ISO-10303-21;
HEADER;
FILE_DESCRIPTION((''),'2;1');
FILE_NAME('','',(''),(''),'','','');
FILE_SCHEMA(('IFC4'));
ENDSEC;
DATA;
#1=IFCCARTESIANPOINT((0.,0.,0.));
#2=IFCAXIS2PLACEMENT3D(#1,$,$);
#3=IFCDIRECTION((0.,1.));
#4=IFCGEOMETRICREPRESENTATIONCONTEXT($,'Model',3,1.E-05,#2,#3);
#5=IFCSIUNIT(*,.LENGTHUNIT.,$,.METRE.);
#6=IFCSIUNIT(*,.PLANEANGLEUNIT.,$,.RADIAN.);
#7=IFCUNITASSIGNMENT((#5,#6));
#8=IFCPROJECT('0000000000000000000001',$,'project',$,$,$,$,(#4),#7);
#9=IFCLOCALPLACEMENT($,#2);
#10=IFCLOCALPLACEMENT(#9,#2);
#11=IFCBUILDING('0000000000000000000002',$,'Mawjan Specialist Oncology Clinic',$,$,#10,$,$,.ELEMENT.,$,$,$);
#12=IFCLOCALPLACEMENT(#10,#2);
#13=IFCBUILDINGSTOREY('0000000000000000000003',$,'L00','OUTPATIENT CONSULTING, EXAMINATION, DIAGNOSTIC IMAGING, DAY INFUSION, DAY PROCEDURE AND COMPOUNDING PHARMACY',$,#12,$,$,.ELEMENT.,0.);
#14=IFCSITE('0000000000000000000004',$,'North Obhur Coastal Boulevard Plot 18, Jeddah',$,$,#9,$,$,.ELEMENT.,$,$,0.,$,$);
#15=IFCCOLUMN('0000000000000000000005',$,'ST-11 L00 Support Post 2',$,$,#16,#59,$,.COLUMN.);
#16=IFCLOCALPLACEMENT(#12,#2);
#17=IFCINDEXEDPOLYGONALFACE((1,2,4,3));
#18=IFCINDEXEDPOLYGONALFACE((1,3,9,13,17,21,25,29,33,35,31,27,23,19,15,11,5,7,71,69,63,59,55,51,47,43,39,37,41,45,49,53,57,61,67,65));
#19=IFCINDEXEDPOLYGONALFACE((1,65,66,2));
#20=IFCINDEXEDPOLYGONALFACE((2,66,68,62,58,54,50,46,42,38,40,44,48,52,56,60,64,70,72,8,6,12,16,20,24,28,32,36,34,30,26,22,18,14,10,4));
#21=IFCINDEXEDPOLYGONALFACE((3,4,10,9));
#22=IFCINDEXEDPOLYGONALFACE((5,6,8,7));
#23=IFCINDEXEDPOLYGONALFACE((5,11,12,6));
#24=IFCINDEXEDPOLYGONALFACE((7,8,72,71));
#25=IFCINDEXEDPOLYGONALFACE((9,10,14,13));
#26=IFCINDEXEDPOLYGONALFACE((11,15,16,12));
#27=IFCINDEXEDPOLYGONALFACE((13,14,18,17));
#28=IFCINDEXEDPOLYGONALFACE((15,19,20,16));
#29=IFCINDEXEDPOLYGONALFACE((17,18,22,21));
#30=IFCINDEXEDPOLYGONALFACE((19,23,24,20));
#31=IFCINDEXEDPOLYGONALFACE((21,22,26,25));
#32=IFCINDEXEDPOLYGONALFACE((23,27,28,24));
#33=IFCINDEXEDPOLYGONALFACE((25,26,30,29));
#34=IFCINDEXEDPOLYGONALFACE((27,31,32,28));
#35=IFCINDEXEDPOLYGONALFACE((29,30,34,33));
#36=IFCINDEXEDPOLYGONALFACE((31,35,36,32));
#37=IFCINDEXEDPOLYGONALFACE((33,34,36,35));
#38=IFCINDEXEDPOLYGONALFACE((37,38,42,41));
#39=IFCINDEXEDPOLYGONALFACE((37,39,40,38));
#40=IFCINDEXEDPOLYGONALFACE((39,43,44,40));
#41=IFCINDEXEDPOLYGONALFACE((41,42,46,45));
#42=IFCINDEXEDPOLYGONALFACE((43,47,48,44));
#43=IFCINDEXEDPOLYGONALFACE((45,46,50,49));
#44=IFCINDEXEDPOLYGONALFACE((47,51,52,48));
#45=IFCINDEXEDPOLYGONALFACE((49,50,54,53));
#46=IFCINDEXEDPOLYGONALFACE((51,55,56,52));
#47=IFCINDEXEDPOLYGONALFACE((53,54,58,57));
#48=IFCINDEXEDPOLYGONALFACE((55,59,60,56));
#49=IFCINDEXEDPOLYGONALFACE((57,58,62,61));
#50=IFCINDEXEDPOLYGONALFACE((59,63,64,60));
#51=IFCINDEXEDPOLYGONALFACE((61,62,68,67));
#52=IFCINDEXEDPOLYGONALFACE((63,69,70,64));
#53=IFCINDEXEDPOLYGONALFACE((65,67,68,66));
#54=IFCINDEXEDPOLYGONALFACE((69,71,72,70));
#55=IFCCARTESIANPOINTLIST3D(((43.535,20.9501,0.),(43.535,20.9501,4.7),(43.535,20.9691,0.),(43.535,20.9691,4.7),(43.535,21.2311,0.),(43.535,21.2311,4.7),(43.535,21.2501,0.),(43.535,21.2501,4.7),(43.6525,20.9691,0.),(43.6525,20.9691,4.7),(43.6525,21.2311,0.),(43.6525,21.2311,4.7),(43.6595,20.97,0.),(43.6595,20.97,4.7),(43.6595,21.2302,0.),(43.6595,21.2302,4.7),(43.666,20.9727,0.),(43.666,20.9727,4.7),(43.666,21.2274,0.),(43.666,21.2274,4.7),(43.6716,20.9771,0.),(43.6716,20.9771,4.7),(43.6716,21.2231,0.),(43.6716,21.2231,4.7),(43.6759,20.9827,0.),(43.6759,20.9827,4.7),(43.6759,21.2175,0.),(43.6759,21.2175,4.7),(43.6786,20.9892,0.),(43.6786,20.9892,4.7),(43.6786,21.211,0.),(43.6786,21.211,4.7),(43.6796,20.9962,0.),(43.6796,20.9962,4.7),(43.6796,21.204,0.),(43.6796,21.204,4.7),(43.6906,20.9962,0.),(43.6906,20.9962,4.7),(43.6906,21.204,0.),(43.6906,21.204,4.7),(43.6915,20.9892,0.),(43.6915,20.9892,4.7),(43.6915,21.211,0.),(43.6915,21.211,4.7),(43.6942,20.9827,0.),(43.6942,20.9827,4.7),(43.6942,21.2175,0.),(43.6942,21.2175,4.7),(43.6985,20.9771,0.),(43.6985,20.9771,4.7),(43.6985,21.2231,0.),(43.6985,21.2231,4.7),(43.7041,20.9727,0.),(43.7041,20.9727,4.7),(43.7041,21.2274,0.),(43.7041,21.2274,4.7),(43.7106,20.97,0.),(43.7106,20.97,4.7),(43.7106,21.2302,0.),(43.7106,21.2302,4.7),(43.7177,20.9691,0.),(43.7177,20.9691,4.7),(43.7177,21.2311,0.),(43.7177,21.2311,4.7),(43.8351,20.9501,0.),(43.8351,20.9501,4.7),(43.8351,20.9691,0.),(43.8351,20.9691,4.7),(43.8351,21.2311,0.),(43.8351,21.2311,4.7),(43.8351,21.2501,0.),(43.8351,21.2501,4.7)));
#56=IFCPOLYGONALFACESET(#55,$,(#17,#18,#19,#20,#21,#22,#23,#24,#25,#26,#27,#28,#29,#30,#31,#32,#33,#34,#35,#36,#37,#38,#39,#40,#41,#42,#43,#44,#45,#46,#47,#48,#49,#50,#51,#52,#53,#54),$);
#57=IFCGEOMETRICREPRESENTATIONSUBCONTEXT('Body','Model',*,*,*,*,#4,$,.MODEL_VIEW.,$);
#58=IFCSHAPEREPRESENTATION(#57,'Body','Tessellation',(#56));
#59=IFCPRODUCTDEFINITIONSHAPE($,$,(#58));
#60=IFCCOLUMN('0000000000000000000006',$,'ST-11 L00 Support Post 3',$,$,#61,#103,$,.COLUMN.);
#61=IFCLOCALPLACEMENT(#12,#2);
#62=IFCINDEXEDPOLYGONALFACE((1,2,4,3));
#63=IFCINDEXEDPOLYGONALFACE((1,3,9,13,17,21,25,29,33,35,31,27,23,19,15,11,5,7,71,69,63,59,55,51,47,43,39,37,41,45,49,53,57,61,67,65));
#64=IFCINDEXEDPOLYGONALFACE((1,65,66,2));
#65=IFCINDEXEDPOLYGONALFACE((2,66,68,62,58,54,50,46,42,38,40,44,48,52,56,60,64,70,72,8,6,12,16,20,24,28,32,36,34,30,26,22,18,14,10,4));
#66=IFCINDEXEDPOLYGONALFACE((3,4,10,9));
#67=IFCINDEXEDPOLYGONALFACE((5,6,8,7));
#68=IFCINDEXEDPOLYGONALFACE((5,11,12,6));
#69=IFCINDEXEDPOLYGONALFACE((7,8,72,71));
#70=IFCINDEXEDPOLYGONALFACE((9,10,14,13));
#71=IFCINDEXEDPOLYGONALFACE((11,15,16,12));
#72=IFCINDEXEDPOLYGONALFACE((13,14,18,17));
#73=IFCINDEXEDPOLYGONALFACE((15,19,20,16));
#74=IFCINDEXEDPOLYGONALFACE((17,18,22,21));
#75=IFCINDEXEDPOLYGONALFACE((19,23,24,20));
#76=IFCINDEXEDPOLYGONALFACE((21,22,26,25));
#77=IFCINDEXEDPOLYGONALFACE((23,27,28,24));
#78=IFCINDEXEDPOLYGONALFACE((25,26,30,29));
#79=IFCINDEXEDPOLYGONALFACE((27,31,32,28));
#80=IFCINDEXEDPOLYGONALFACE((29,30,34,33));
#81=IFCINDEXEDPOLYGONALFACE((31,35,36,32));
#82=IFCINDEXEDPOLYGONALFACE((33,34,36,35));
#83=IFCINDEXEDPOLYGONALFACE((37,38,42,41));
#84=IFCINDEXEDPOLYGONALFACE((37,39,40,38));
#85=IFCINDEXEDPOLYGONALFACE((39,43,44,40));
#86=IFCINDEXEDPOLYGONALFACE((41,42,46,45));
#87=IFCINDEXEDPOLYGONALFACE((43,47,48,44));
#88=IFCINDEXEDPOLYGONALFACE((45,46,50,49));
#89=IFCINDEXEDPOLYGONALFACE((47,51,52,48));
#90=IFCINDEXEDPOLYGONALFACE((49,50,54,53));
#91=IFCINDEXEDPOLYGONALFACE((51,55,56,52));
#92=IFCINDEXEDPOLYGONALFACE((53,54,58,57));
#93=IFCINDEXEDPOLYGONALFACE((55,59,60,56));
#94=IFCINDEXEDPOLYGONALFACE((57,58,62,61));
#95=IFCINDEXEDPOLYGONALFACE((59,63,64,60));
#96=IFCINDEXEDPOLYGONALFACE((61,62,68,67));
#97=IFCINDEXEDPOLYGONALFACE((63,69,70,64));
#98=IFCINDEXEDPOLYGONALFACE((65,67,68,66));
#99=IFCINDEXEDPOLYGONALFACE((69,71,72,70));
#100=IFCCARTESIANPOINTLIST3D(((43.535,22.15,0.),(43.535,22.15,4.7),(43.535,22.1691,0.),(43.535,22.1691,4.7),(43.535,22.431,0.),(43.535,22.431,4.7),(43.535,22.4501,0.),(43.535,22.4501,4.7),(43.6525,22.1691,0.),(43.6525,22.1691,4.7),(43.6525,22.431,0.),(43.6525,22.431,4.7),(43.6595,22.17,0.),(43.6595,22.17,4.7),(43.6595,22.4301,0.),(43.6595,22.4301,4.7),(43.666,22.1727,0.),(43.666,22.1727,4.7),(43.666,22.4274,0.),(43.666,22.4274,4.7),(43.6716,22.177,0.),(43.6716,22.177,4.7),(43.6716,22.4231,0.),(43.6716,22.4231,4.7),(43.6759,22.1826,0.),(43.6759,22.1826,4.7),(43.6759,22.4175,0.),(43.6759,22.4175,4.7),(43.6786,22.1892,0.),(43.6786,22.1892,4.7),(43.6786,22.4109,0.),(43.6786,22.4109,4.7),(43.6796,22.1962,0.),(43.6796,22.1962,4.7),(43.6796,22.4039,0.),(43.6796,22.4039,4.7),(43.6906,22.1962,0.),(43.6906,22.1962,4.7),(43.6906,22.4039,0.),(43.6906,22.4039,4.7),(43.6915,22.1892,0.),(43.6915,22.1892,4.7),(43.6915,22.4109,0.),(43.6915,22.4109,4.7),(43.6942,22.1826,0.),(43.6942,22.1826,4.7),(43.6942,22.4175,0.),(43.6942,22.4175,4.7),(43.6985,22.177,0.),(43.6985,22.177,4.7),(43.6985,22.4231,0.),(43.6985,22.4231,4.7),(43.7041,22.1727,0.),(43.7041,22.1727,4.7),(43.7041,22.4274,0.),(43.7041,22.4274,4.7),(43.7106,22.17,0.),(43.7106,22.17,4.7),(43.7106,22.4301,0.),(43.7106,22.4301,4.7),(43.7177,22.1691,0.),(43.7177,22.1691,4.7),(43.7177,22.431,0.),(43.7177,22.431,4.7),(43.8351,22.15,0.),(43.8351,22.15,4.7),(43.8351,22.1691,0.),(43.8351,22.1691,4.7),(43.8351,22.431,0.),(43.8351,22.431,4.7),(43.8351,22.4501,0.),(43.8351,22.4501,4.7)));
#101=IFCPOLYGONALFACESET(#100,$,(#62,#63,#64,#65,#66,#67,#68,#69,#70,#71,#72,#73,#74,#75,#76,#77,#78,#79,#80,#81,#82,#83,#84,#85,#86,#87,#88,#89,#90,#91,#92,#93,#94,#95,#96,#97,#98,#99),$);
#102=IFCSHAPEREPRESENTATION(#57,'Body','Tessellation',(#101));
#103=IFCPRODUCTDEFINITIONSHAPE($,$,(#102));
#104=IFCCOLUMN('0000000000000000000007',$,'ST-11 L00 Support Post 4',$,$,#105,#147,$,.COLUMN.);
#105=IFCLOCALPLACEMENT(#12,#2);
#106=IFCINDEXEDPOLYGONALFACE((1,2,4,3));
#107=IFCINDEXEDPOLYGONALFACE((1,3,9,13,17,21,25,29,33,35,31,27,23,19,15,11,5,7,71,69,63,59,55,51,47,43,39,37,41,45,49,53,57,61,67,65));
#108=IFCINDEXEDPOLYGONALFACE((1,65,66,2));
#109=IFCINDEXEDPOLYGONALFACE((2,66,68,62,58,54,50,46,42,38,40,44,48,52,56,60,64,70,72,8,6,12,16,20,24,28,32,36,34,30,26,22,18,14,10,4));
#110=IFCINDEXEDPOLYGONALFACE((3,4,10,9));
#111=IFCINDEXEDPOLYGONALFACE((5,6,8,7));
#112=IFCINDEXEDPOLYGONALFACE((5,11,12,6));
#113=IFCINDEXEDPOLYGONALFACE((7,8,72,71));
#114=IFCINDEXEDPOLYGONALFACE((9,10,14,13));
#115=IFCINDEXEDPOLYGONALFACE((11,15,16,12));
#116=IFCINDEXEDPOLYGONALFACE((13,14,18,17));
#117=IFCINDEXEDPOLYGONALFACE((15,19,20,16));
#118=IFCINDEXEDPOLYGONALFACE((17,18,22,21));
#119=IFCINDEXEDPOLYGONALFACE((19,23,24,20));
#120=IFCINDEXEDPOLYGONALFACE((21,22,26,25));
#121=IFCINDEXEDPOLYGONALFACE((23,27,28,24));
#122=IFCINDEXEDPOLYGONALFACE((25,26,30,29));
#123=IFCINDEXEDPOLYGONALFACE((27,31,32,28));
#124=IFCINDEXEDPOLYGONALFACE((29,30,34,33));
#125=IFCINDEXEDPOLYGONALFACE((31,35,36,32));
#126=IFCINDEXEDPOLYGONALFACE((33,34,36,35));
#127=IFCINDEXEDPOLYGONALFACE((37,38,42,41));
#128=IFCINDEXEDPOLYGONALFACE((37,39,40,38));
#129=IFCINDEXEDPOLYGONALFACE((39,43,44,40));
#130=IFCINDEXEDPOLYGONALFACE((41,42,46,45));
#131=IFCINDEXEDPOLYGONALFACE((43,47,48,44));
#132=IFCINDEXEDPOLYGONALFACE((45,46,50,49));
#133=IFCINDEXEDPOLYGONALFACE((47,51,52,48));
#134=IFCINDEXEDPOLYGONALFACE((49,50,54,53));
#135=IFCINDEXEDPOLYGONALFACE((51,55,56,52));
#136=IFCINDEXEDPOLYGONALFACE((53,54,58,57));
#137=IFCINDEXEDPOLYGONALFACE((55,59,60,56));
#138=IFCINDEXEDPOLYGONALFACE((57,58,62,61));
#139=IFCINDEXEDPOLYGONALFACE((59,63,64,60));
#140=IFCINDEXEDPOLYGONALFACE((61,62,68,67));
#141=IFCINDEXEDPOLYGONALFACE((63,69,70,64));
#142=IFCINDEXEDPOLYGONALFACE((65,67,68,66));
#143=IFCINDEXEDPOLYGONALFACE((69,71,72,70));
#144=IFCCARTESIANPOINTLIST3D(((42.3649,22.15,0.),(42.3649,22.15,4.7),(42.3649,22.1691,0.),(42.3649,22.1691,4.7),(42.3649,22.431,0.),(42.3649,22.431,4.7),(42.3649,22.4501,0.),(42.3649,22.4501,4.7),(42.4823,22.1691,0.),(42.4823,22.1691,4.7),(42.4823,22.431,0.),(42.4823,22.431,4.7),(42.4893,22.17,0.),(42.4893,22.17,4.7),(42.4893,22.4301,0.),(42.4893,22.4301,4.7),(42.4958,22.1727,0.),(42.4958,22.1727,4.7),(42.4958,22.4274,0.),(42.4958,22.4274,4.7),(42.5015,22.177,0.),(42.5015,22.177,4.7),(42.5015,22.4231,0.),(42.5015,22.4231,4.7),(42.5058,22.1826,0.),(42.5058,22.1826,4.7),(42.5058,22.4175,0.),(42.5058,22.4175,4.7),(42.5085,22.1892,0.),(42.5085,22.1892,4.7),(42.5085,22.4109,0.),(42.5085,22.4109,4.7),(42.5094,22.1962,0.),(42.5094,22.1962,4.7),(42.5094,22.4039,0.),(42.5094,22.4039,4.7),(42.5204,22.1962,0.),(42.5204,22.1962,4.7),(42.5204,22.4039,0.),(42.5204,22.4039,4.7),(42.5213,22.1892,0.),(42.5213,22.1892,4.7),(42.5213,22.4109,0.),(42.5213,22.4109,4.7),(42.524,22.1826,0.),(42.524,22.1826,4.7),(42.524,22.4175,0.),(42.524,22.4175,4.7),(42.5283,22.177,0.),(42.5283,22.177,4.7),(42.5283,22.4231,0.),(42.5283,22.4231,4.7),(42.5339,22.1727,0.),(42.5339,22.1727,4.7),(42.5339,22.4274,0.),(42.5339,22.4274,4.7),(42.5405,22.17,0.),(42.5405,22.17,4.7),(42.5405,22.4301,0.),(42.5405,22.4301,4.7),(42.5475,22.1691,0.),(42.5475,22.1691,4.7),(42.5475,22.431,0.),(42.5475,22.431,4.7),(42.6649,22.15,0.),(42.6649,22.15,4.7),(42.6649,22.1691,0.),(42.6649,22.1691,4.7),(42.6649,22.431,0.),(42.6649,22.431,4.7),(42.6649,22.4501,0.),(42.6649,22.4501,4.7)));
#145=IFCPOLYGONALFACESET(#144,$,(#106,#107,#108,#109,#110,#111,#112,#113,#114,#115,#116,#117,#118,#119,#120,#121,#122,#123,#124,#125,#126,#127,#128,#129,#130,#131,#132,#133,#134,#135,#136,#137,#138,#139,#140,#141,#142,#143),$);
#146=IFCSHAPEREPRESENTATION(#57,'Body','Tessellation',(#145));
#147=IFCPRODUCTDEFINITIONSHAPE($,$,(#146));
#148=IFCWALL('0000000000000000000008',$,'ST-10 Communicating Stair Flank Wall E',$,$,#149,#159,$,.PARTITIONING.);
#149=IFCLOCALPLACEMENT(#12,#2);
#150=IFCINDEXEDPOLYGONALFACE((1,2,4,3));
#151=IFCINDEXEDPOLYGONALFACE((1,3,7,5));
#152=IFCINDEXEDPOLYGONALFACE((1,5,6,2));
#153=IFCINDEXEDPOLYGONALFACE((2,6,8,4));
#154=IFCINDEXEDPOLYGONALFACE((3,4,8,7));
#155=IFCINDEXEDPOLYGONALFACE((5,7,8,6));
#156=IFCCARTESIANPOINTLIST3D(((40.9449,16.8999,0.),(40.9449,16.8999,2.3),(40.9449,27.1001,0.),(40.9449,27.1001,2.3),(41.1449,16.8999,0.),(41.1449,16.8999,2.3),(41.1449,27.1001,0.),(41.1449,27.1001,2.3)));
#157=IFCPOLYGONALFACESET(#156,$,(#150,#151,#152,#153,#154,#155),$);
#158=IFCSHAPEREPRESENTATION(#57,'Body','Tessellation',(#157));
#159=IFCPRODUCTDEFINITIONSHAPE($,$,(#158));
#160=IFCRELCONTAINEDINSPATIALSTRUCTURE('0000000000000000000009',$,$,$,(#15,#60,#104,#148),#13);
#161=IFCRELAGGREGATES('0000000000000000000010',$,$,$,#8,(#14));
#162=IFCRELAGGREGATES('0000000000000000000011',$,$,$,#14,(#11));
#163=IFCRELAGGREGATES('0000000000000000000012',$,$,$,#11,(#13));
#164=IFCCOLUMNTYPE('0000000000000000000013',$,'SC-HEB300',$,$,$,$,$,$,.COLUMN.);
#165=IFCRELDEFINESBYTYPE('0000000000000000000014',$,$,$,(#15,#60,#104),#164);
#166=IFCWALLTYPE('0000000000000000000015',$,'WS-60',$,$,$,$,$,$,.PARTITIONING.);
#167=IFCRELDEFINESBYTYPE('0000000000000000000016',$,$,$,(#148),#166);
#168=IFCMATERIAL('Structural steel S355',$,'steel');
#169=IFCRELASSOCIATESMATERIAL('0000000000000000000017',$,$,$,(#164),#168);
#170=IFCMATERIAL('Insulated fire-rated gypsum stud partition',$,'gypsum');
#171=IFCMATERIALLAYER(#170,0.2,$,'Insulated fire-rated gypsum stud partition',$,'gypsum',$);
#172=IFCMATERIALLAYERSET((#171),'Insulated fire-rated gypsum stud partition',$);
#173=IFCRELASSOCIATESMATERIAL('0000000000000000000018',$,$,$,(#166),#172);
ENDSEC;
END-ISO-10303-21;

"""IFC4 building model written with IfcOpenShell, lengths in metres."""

from ifc_helpers import new_model, si_unit, direction, frame, frame_2d, origin, origin_2d, place, context, subcontext, project, spatial, rectangle, i_section, extrude, material, layer, layer_set, material_profile, profile_set, type_object, element, save


model = new_model("IFC4")

# Units and contexts
model_context = context("Model", 3, precision=1e-05, world=origin(), true_north=direction((0.0, 1.0)))
body_context = subcontext(model_context, "Body", "Model", "MODEL_VIEW")
ifc_project = project(units=[si_unit("LENGTHUNIT", "METRE"), si_unit("PLANEANGLEUNIT", "RADIAN")], contexts=[model_context])

# Site, building, storey
site_placement = place(None, origin())
site = spatial("IfcSite", under=ifc_project, at=site_placement, Name="North Obhur Coastal Boulevard Plot 18, Jeddah", CompositionType="ELEMENT", RefElevation=0.0)
building_placement = place(site_placement, origin())
building = spatial("IfcBuilding", under=site, at=building_placement, Name="Mawjan Specialist Oncology Clinic", CompositionType="ELEMENT")
storey_placement = place(building_placement, origin())
storey = spatial("IfcBuildingStorey", under=building, at=storey_placement, Name="L00", Description="OUTPATIENT CONSULTING, EXAMINATION, DIAGNOSTIC IMAGING, DAY INFUSION, DAY PROCEDURE AND COMPOUNDING PHARMACY", CompositionType="ELEMENT", Elevation=0.0)

# Columns
ifc_material_1 = material(Name="Structural steel S355", Category="steel")
ifc_material_profile_1 = material_profile(ifc_material_1, i_section(OverallWidth=0.3, OverallDepth=0.3, WebThickness=0.011, FlangeThickness=0.019, FilletRadius=0.0271, at=origin_2d()), Name="HEB 300", Category="steel")
ifc_profile_set_1 = profile_set([ifc_material_profile_1], Name="Structural steel S355")
column_type = type_object("IfcColumnType", Name="SC-HEB300", PredefinedType="COLUMN", material=ifc_profile_set_1)
for number, where, z_axis, x_axis, name in (
    (1, (43.6851, 21.1001, 0.0), (0.0, 0.0, 1.0), (1.0, 0.0, 0.0), "ST-11 L00 Support Post 2"),
    (2, (43.6851, 22.3, 0.0), (0.0, 0.0, 1.0), (1.0, 0.0, 0.0), "ST-11 L00 Support Post 3"),
    (3, (42.5149, 22.3, 0.0), (0.0, 0.0, 1.0), (1.0, 0.0, 0.0), "ST-11 L00 Support Post 4"),
):
    element("IfcColumn", number, at=place(storey_placement, frame(where, z_axis=z_axis, x_axis=x_axis)), inside=storey, type_object=column_type, Name=name, PredefinedType="COLUMN", context=body_context, shape_type="SweptSolid", body=[
        extrude(i_section(OverallWidth=0.3, OverallDepth=0.3, WebThickness=0.011, FlangeThickness=0.019, FilletRadius=0.0271, at=origin_2d()), origin(), (0.0, 0.0, 1.0), 4.7),
    ])

# Wall
ifc_material_2 = material(Name="Insulated fire-rated gypsum stud partition", Category="gypsum")
ifc_layer_1 = layer(ifc_material_2, 0.2, Name="Insulated fire-rated gypsum stud partition", Category="gypsum")
ifc_layer_set_1 = layer_set([ifc_layer_1], Name="Insulated fire-rated gypsum stud partition")
wall_type = type_object("IfcWallType", Name="WS-60", PredefinedType="PARTITIONING", material=ifc_layer_set_1)
wall_placement = place(storey_placement, frame((41.0449, 16.8999, 0.0), z_axis=(0.0, 0.0, 1.0), x_axis=(0.0, 1.0, 0.0)))
element("IfcWall", 4, at=wall_placement, inside=storey, type_object=wall_type, Name="ST-10 Communicating Stair Flank Wall E", PredefinedType="PARTITIONING", context=body_context, shape_type="SweptSolid", body=[
    extrude(rectangle(XDim=10.2002, YDim=0.2, at=frame_2d((5.1001, 0.0))), origin(), (0.0, 0.0, 1.0), 2.3),
])

save(model, "model.ifc")
